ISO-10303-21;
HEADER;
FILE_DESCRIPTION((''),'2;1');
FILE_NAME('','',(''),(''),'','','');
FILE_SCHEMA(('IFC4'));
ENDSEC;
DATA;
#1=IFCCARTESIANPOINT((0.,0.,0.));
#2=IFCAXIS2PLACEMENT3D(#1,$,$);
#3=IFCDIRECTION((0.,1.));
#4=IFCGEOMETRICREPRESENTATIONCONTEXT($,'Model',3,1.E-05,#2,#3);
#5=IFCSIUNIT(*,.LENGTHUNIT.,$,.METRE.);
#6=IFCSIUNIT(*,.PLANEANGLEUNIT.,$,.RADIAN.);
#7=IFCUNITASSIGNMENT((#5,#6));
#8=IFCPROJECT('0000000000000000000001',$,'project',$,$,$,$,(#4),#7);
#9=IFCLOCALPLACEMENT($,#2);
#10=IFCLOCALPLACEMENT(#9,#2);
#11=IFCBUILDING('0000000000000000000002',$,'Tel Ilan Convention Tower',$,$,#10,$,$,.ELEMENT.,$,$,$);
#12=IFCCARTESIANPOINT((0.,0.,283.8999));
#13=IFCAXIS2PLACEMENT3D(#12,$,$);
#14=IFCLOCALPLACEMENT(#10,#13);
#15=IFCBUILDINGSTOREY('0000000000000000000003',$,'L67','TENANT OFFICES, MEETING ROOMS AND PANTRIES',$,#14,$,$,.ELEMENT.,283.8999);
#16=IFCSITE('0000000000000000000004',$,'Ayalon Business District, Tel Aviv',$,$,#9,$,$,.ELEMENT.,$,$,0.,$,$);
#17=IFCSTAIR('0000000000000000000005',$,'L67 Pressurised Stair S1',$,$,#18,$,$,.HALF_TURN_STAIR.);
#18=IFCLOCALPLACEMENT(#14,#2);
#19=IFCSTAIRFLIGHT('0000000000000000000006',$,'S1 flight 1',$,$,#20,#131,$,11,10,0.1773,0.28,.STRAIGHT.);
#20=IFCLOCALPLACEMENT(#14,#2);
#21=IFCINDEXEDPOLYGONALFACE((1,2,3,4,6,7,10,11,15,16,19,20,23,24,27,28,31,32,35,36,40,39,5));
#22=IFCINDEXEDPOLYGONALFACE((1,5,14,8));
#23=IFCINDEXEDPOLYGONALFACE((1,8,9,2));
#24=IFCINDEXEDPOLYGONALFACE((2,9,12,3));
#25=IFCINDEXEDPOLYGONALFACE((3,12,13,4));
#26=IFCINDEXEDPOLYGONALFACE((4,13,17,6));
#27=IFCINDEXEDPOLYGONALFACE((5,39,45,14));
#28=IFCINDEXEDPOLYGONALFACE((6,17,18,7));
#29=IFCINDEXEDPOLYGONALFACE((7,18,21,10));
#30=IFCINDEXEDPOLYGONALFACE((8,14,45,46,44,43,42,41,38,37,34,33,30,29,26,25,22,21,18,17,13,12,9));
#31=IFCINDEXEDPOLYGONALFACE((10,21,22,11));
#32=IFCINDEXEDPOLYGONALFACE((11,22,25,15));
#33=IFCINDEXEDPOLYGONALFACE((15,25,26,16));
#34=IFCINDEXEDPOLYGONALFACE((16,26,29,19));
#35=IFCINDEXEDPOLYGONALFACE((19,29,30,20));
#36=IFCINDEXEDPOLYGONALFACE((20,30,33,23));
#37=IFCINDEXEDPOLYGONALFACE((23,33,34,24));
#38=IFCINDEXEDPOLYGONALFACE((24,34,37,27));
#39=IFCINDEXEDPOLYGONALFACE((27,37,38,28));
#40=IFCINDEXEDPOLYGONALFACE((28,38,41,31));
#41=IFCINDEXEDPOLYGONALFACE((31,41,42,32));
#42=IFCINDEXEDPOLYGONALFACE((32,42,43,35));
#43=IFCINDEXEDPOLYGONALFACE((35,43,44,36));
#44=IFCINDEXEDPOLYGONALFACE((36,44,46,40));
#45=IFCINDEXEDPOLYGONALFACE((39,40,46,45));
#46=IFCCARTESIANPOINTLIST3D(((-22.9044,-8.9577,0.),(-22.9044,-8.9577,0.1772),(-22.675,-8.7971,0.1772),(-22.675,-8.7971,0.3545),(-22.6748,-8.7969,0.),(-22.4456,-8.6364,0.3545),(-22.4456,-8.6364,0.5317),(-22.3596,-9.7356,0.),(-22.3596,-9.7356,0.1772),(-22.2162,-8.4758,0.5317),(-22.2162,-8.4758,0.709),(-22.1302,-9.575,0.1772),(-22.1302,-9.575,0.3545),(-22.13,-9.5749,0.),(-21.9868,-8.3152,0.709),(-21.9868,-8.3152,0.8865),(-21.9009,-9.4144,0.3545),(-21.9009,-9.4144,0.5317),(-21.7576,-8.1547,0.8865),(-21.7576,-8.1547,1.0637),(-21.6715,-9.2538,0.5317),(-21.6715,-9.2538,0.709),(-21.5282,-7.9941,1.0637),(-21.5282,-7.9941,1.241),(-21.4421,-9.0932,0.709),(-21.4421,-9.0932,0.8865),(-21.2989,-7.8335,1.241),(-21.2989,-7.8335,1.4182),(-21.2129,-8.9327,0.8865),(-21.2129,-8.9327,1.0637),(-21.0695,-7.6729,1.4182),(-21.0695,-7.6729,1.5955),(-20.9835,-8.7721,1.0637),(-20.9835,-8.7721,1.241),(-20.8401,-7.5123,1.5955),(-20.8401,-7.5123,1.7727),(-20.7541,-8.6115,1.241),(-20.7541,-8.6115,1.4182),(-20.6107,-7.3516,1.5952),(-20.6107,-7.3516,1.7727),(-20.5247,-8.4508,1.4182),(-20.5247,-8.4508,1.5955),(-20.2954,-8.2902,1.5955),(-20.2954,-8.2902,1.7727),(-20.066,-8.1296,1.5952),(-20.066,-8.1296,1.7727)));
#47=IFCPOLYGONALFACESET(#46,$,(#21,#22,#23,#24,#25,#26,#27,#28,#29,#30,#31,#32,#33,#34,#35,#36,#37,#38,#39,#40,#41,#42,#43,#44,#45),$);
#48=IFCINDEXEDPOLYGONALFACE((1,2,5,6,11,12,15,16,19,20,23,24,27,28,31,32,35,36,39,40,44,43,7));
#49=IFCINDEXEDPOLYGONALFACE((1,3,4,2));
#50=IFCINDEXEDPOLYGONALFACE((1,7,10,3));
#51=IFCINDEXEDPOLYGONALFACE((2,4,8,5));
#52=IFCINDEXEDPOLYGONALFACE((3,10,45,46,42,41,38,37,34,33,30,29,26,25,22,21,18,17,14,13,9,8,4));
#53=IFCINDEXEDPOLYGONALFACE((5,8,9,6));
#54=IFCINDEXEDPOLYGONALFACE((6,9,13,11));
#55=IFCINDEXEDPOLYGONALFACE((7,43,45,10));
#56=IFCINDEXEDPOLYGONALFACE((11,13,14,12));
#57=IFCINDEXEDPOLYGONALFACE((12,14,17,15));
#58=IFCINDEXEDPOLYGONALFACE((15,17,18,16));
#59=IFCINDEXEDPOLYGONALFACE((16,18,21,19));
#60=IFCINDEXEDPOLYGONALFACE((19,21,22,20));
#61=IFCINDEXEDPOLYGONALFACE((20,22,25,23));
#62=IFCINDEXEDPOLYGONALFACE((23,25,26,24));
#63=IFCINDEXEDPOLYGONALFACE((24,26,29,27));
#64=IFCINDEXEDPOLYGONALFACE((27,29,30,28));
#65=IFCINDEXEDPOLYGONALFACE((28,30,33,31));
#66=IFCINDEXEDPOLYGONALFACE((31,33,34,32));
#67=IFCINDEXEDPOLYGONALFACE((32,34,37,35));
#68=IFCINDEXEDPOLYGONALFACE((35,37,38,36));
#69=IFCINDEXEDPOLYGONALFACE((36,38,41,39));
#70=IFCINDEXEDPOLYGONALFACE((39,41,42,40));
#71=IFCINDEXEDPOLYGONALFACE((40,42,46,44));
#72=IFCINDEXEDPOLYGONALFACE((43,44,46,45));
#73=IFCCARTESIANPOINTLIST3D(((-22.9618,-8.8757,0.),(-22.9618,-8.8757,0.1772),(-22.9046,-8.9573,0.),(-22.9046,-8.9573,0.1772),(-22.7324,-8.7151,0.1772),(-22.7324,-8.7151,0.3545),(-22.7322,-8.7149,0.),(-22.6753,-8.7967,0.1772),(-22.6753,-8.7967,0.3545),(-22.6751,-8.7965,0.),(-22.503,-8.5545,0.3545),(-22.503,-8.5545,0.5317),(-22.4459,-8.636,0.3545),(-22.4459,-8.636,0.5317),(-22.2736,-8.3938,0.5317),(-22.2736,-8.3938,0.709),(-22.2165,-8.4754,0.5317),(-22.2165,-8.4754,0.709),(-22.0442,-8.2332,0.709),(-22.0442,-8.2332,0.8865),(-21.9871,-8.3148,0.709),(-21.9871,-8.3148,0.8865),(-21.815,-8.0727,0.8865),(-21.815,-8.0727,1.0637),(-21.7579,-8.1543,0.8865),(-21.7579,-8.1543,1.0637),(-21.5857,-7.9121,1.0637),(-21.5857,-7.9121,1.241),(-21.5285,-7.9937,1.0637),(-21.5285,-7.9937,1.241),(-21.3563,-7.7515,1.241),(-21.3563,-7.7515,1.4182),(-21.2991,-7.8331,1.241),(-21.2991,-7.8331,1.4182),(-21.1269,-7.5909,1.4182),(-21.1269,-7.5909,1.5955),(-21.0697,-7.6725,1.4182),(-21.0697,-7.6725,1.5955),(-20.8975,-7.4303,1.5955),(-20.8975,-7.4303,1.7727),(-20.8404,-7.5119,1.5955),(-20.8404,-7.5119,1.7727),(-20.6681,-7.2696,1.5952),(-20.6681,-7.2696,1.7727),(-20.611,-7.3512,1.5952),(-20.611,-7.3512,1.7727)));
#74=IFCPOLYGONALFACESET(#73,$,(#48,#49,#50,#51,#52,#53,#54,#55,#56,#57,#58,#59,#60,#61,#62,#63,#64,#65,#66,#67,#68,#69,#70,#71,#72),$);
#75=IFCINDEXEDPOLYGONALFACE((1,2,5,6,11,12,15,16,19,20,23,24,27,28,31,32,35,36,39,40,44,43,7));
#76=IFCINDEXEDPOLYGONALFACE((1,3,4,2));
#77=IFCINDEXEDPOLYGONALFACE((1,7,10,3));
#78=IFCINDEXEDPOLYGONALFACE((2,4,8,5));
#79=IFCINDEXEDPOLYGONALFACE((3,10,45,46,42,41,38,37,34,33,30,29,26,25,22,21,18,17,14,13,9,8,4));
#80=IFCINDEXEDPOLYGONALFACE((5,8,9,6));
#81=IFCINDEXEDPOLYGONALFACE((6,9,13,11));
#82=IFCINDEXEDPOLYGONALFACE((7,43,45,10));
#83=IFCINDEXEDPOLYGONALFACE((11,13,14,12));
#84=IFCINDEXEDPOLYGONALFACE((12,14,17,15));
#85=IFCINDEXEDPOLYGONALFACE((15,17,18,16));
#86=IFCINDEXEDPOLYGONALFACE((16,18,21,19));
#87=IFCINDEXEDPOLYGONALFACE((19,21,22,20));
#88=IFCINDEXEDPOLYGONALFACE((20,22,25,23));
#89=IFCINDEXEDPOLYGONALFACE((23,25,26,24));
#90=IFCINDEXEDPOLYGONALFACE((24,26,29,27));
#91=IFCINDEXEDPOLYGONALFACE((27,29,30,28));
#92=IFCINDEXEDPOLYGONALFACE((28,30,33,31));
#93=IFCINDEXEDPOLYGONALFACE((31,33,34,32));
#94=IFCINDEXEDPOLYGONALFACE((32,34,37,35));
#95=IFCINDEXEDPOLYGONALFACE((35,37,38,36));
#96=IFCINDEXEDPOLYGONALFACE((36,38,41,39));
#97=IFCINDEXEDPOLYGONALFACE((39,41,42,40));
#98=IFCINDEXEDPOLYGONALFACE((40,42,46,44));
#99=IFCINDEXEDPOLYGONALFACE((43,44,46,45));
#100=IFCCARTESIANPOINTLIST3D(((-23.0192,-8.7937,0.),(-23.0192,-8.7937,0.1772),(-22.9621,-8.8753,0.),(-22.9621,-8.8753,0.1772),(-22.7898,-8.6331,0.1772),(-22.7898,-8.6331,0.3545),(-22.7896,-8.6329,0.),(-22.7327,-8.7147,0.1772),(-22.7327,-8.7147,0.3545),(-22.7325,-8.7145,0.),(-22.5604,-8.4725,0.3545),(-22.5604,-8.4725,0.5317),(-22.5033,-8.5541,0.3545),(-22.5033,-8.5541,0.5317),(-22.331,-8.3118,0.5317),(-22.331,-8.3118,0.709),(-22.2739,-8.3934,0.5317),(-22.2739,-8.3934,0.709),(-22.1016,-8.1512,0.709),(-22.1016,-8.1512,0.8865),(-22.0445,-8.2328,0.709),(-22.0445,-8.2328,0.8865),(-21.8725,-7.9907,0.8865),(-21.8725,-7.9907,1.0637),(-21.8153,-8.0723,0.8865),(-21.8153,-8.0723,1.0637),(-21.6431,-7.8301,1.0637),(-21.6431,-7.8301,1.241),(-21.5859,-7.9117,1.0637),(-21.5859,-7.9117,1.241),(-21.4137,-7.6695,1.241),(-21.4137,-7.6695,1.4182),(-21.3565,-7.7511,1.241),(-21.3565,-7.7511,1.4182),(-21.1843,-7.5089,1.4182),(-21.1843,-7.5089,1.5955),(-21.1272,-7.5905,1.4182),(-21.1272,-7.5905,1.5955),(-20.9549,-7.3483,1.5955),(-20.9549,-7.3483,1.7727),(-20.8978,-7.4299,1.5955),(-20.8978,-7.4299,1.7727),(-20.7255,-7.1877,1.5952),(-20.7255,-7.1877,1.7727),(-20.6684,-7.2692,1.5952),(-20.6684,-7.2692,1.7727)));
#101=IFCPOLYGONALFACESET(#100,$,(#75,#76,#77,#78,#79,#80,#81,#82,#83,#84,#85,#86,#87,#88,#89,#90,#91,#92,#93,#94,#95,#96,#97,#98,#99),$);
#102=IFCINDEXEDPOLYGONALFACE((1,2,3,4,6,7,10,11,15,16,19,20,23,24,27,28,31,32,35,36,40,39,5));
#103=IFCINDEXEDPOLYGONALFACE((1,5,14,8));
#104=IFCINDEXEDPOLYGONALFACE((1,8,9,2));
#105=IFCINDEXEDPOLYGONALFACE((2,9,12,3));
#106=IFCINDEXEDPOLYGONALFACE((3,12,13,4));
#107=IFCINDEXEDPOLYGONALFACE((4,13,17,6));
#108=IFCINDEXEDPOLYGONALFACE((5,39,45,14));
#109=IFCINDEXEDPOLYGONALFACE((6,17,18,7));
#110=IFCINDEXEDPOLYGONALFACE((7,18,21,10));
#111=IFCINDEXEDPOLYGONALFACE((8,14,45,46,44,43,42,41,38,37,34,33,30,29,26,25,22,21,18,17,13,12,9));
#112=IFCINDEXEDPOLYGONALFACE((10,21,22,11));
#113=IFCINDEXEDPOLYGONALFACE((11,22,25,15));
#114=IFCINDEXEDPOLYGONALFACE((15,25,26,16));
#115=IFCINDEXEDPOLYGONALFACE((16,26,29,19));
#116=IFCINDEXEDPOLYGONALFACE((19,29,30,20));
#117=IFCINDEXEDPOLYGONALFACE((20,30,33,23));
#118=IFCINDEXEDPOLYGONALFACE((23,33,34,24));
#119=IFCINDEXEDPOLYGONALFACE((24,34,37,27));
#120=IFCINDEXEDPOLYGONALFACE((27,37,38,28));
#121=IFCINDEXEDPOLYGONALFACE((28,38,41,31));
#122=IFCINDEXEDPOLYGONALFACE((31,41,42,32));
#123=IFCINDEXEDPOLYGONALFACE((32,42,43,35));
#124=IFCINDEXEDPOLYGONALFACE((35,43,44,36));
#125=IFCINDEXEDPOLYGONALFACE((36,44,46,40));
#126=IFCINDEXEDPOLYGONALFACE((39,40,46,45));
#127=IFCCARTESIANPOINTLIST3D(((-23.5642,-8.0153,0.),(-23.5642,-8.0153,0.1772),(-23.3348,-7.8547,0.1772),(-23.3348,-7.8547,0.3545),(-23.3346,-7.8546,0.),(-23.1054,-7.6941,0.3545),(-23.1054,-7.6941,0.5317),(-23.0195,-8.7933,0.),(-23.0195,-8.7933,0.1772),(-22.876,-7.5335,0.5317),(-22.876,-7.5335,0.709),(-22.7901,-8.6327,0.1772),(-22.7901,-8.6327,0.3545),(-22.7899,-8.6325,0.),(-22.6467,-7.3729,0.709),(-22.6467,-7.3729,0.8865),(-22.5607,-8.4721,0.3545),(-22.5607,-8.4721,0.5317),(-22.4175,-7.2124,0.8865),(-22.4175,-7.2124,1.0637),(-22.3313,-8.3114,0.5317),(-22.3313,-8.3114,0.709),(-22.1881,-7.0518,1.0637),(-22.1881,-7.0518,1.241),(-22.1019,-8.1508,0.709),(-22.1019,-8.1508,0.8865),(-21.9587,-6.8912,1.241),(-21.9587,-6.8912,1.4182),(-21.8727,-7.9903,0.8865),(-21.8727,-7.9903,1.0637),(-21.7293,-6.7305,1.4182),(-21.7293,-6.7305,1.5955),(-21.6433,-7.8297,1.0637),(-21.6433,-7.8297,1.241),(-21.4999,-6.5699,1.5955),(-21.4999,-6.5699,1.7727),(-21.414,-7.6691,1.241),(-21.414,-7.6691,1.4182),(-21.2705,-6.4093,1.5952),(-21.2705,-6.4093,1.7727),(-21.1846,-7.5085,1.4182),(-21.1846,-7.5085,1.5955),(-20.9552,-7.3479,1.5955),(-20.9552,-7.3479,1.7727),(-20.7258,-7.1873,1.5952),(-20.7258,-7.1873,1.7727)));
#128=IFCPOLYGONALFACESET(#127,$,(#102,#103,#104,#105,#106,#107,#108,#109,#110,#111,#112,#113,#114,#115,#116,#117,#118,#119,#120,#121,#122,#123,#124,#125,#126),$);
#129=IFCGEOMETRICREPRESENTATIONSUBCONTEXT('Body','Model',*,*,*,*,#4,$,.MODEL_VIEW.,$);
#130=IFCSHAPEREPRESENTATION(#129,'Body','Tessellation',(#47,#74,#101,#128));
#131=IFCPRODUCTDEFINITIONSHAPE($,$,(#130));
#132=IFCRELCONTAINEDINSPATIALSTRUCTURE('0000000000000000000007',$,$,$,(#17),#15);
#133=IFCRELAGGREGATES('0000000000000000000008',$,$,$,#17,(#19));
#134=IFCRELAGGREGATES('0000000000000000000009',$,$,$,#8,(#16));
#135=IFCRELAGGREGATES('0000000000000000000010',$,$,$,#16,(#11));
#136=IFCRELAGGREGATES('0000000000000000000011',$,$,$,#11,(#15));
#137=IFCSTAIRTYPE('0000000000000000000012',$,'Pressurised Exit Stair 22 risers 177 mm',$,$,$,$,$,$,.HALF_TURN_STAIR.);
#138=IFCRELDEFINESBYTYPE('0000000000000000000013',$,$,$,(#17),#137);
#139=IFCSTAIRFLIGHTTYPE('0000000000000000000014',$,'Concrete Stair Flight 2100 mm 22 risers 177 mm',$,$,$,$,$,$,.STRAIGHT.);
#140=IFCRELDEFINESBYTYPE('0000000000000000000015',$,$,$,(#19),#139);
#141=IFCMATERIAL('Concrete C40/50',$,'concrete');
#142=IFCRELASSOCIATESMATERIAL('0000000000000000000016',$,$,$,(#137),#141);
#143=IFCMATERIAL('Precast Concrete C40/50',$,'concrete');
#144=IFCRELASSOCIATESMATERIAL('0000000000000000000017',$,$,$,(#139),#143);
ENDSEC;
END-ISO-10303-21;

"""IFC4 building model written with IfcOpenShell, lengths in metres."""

from ifc_helpers import new_model, si_unit, direction, frame, origin, place, context, subcontext, project, spatial, polyline, outline, extrude, material, type_object, element, aggregate, save


model = new_model("IFC4")

# Units and contexts
model_context = context("Model", 3, precision=1e-05, world=origin(), true_north=direction((0.0, 1.0)))
body_context = subcontext(model_context, "Body", "Model", "MODEL_VIEW")
ifc_project = project(units=[si_unit("LENGTHUNIT", "METRE"), si_unit("PLANEANGLEUNIT", "RADIAN")], contexts=[model_context])

# Site, building, storey
site_placement = place(None, origin())
site = spatial("IfcSite", under=ifc_project, at=site_placement, Name="Ayalon Business District, Tel Aviv", CompositionType="ELEMENT", RefElevation=0.0)
building_placement = place(site_placement, origin())
building = spatial("IfcBuilding", under=site, at=building_placement, Name="Tel Ilan Convention Tower", CompositionType="ELEMENT")
storey_placement = place(building_placement, frame((0.0, 0.0, 283.8999)))
storey = spatial("IfcBuildingStorey", under=building, at=storey_placement, Name="L67", Description="TENANT OFFICES, MEETING ROOMS AND PANTRIES", CompositionType="ELEMENT", Elevation=283.8999)

# Stair, stair flight
ifc_material_1 = material(Name="Concrete C40/50", Category="concrete")
stair_type = type_object("IfcStairType", Name="Pressurised Exit Stair 22 risers 177 mm", PredefinedType="HALF_TURN_STAIR", material=ifc_material_1)
stair_1_placement = place(storey_placement, origin())
stair_1 = element("IfcStair", 1, at=stair_1_placement, inside=storey, type_object=stair_type, Name="L67 Pressurised Stair S1", PredefinedType="HALF_TURN_STAIR")
ifc_material_2 = material(Name="Precast Concrete C40/50", Category="concrete")
stair_flight_type = type_object("IfcStairFlightType", Name="Concrete Stair Flight 2100 mm 22 risers 177 mm", PredefinedType="STRAIGHT", material=ifc_material_2)
stair_flight_1_placement = place(storey_placement, frame((-22.9619, -8.8755, 0.0), z_axis=(0.0, 0.0, 1.0), x_axis=(0.819152, 0.573576, 0.0)))
stair_flight_1 = element("IfcStairFlight", 2, at=stair_flight_1_placement, type_object=stair_flight_type, Name="S1 flight 1", NumberOfRisers=11, NumberOfTreads=10, PredefinedType="STRAIGHT", RiserHeight=0.1773, TreadLength=0.28, context=body_context, shape_type="SweptSolid", body=[
    extrude(outline(polyline([(0.0, 0.0), (0.0, 0.1772), (0.28, 0.1772), (0.28, 0.3545), (0.5601, 0.3545), (0.5601, 0.5317), (0.8401, 0.5317), (0.8401, 0.709), (1.1201, 0.709), (1.1201, 0.8865), (1.3999, 0.8865), (1.3999, 1.0637), (1.6799, 1.0637), (1.6799, 1.241), (1.96, 1.241), (1.96, 1.4182), (2.24, 1.4182), (2.24, 1.5955), (2.52, 1.5955), (2.52, 1.7727), (2.8, 1.7727), (2.8, 1.95), (2.8, 1.5952), (0.2803, 0.0), (0.0, 0.0)])), frame((0.0, -0.1003, 0.0), z_axis=(0.0, -1.0, 0.0), x_axis=(1.0, 0.0, 0.0)), (0.0, 0.0, 1.0), 0.9497),
    extrude(outline(polyline([(0.0, 0.0), (0.0, 0.1772), (0.28, 0.1772), (0.28, 0.3545), (0.5601, 0.3545), (0.5601, 0.5317), (0.8401, 0.5317), (0.8401, 0.709), (1.1201, 0.709), (1.1201, 0.8865), (1.3999, 0.8865), (1.3999, 1.0637), (1.6799, 1.0637), (1.6799, 1.241), (1.96, 1.241), (1.96, 1.4182), (2.24, 1.4182), (2.24, 1.5955), (2.52, 1.5955), (2.52, 1.7727), (2.8, 1.7727), (2.8, 1.95), (2.8, 1.5952), (0.2803, 0.0), (0.0, 0.0)])), frame((0.0, -0.0002, 0.0), z_axis=(0.0, -1.0, 0.0), x_axis=(1.0, 0.0, 0.0)), (0.0, 0.0, 1.0), 0.0996),
    extrude(outline(polyline([(0.0, 0.0), (0.0, 0.1772), (0.28, 0.1772), (0.28, 0.3545), (0.5601, 0.3545), (0.5601, 0.5317), (0.8401, 0.5317), (0.8401, 0.709), (1.1201, 0.709), (1.1201, 0.8865), (1.3999, 0.8865), (1.3999, 1.0637), (1.6799, 1.0637), (1.6799, 1.241), (1.96, 1.241), (1.96, 1.4182), (2.24, 1.4182), (2.24, 1.5955), (2.52, 1.5955), (2.52, 1.7727), (2.8, 1.7727), (2.8, 1.95), (2.8, 1.5952), (0.2803, 0.0), (0.0, 0.0)])), frame((0.0, 0.0999, 0.0), z_axis=(0.0, -1.0, 0.0), x_axis=(1.0, 0.0, 0.0)), (0.0, 0.0, 1.0), 0.0996),
    extrude(outline(polyline([(0.0, 0.0), (0.0, 0.1772), (0.28, 0.1772), (0.28, 0.3545), (0.5601, 0.3545), (0.5601, 0.5317), (0.8401, 0.5317), (0.8401, 0.709), (1.1201, 0.709), (1.1201, 0.8865), (1.3999, 0.8865), (1.3999, 1.0637), (1.6799, 1.0637), (1.6799, 1.241), (1.96, 1.241), (1.96, 1.4182), (2.24, 1.4182), (2.24, 1.5955), (2.52, 1.5955), (2.52, 1.7727), (2.8, 1.7727), (2.8, 1.95), (2.8, 1.5952), (0.2803, 0.0), (0.0, 0.0)])), frame((0.0, 1.05, 0.0), z_axis=(0.0, -1.0, 0.0), x_axis=(1.0, 0.0, 0.0)), (0.0, 0.0, 1.0), 0.9497),
])
aggregate(stair_1, [stair_flight_1])

save(model, "model.ifc")
